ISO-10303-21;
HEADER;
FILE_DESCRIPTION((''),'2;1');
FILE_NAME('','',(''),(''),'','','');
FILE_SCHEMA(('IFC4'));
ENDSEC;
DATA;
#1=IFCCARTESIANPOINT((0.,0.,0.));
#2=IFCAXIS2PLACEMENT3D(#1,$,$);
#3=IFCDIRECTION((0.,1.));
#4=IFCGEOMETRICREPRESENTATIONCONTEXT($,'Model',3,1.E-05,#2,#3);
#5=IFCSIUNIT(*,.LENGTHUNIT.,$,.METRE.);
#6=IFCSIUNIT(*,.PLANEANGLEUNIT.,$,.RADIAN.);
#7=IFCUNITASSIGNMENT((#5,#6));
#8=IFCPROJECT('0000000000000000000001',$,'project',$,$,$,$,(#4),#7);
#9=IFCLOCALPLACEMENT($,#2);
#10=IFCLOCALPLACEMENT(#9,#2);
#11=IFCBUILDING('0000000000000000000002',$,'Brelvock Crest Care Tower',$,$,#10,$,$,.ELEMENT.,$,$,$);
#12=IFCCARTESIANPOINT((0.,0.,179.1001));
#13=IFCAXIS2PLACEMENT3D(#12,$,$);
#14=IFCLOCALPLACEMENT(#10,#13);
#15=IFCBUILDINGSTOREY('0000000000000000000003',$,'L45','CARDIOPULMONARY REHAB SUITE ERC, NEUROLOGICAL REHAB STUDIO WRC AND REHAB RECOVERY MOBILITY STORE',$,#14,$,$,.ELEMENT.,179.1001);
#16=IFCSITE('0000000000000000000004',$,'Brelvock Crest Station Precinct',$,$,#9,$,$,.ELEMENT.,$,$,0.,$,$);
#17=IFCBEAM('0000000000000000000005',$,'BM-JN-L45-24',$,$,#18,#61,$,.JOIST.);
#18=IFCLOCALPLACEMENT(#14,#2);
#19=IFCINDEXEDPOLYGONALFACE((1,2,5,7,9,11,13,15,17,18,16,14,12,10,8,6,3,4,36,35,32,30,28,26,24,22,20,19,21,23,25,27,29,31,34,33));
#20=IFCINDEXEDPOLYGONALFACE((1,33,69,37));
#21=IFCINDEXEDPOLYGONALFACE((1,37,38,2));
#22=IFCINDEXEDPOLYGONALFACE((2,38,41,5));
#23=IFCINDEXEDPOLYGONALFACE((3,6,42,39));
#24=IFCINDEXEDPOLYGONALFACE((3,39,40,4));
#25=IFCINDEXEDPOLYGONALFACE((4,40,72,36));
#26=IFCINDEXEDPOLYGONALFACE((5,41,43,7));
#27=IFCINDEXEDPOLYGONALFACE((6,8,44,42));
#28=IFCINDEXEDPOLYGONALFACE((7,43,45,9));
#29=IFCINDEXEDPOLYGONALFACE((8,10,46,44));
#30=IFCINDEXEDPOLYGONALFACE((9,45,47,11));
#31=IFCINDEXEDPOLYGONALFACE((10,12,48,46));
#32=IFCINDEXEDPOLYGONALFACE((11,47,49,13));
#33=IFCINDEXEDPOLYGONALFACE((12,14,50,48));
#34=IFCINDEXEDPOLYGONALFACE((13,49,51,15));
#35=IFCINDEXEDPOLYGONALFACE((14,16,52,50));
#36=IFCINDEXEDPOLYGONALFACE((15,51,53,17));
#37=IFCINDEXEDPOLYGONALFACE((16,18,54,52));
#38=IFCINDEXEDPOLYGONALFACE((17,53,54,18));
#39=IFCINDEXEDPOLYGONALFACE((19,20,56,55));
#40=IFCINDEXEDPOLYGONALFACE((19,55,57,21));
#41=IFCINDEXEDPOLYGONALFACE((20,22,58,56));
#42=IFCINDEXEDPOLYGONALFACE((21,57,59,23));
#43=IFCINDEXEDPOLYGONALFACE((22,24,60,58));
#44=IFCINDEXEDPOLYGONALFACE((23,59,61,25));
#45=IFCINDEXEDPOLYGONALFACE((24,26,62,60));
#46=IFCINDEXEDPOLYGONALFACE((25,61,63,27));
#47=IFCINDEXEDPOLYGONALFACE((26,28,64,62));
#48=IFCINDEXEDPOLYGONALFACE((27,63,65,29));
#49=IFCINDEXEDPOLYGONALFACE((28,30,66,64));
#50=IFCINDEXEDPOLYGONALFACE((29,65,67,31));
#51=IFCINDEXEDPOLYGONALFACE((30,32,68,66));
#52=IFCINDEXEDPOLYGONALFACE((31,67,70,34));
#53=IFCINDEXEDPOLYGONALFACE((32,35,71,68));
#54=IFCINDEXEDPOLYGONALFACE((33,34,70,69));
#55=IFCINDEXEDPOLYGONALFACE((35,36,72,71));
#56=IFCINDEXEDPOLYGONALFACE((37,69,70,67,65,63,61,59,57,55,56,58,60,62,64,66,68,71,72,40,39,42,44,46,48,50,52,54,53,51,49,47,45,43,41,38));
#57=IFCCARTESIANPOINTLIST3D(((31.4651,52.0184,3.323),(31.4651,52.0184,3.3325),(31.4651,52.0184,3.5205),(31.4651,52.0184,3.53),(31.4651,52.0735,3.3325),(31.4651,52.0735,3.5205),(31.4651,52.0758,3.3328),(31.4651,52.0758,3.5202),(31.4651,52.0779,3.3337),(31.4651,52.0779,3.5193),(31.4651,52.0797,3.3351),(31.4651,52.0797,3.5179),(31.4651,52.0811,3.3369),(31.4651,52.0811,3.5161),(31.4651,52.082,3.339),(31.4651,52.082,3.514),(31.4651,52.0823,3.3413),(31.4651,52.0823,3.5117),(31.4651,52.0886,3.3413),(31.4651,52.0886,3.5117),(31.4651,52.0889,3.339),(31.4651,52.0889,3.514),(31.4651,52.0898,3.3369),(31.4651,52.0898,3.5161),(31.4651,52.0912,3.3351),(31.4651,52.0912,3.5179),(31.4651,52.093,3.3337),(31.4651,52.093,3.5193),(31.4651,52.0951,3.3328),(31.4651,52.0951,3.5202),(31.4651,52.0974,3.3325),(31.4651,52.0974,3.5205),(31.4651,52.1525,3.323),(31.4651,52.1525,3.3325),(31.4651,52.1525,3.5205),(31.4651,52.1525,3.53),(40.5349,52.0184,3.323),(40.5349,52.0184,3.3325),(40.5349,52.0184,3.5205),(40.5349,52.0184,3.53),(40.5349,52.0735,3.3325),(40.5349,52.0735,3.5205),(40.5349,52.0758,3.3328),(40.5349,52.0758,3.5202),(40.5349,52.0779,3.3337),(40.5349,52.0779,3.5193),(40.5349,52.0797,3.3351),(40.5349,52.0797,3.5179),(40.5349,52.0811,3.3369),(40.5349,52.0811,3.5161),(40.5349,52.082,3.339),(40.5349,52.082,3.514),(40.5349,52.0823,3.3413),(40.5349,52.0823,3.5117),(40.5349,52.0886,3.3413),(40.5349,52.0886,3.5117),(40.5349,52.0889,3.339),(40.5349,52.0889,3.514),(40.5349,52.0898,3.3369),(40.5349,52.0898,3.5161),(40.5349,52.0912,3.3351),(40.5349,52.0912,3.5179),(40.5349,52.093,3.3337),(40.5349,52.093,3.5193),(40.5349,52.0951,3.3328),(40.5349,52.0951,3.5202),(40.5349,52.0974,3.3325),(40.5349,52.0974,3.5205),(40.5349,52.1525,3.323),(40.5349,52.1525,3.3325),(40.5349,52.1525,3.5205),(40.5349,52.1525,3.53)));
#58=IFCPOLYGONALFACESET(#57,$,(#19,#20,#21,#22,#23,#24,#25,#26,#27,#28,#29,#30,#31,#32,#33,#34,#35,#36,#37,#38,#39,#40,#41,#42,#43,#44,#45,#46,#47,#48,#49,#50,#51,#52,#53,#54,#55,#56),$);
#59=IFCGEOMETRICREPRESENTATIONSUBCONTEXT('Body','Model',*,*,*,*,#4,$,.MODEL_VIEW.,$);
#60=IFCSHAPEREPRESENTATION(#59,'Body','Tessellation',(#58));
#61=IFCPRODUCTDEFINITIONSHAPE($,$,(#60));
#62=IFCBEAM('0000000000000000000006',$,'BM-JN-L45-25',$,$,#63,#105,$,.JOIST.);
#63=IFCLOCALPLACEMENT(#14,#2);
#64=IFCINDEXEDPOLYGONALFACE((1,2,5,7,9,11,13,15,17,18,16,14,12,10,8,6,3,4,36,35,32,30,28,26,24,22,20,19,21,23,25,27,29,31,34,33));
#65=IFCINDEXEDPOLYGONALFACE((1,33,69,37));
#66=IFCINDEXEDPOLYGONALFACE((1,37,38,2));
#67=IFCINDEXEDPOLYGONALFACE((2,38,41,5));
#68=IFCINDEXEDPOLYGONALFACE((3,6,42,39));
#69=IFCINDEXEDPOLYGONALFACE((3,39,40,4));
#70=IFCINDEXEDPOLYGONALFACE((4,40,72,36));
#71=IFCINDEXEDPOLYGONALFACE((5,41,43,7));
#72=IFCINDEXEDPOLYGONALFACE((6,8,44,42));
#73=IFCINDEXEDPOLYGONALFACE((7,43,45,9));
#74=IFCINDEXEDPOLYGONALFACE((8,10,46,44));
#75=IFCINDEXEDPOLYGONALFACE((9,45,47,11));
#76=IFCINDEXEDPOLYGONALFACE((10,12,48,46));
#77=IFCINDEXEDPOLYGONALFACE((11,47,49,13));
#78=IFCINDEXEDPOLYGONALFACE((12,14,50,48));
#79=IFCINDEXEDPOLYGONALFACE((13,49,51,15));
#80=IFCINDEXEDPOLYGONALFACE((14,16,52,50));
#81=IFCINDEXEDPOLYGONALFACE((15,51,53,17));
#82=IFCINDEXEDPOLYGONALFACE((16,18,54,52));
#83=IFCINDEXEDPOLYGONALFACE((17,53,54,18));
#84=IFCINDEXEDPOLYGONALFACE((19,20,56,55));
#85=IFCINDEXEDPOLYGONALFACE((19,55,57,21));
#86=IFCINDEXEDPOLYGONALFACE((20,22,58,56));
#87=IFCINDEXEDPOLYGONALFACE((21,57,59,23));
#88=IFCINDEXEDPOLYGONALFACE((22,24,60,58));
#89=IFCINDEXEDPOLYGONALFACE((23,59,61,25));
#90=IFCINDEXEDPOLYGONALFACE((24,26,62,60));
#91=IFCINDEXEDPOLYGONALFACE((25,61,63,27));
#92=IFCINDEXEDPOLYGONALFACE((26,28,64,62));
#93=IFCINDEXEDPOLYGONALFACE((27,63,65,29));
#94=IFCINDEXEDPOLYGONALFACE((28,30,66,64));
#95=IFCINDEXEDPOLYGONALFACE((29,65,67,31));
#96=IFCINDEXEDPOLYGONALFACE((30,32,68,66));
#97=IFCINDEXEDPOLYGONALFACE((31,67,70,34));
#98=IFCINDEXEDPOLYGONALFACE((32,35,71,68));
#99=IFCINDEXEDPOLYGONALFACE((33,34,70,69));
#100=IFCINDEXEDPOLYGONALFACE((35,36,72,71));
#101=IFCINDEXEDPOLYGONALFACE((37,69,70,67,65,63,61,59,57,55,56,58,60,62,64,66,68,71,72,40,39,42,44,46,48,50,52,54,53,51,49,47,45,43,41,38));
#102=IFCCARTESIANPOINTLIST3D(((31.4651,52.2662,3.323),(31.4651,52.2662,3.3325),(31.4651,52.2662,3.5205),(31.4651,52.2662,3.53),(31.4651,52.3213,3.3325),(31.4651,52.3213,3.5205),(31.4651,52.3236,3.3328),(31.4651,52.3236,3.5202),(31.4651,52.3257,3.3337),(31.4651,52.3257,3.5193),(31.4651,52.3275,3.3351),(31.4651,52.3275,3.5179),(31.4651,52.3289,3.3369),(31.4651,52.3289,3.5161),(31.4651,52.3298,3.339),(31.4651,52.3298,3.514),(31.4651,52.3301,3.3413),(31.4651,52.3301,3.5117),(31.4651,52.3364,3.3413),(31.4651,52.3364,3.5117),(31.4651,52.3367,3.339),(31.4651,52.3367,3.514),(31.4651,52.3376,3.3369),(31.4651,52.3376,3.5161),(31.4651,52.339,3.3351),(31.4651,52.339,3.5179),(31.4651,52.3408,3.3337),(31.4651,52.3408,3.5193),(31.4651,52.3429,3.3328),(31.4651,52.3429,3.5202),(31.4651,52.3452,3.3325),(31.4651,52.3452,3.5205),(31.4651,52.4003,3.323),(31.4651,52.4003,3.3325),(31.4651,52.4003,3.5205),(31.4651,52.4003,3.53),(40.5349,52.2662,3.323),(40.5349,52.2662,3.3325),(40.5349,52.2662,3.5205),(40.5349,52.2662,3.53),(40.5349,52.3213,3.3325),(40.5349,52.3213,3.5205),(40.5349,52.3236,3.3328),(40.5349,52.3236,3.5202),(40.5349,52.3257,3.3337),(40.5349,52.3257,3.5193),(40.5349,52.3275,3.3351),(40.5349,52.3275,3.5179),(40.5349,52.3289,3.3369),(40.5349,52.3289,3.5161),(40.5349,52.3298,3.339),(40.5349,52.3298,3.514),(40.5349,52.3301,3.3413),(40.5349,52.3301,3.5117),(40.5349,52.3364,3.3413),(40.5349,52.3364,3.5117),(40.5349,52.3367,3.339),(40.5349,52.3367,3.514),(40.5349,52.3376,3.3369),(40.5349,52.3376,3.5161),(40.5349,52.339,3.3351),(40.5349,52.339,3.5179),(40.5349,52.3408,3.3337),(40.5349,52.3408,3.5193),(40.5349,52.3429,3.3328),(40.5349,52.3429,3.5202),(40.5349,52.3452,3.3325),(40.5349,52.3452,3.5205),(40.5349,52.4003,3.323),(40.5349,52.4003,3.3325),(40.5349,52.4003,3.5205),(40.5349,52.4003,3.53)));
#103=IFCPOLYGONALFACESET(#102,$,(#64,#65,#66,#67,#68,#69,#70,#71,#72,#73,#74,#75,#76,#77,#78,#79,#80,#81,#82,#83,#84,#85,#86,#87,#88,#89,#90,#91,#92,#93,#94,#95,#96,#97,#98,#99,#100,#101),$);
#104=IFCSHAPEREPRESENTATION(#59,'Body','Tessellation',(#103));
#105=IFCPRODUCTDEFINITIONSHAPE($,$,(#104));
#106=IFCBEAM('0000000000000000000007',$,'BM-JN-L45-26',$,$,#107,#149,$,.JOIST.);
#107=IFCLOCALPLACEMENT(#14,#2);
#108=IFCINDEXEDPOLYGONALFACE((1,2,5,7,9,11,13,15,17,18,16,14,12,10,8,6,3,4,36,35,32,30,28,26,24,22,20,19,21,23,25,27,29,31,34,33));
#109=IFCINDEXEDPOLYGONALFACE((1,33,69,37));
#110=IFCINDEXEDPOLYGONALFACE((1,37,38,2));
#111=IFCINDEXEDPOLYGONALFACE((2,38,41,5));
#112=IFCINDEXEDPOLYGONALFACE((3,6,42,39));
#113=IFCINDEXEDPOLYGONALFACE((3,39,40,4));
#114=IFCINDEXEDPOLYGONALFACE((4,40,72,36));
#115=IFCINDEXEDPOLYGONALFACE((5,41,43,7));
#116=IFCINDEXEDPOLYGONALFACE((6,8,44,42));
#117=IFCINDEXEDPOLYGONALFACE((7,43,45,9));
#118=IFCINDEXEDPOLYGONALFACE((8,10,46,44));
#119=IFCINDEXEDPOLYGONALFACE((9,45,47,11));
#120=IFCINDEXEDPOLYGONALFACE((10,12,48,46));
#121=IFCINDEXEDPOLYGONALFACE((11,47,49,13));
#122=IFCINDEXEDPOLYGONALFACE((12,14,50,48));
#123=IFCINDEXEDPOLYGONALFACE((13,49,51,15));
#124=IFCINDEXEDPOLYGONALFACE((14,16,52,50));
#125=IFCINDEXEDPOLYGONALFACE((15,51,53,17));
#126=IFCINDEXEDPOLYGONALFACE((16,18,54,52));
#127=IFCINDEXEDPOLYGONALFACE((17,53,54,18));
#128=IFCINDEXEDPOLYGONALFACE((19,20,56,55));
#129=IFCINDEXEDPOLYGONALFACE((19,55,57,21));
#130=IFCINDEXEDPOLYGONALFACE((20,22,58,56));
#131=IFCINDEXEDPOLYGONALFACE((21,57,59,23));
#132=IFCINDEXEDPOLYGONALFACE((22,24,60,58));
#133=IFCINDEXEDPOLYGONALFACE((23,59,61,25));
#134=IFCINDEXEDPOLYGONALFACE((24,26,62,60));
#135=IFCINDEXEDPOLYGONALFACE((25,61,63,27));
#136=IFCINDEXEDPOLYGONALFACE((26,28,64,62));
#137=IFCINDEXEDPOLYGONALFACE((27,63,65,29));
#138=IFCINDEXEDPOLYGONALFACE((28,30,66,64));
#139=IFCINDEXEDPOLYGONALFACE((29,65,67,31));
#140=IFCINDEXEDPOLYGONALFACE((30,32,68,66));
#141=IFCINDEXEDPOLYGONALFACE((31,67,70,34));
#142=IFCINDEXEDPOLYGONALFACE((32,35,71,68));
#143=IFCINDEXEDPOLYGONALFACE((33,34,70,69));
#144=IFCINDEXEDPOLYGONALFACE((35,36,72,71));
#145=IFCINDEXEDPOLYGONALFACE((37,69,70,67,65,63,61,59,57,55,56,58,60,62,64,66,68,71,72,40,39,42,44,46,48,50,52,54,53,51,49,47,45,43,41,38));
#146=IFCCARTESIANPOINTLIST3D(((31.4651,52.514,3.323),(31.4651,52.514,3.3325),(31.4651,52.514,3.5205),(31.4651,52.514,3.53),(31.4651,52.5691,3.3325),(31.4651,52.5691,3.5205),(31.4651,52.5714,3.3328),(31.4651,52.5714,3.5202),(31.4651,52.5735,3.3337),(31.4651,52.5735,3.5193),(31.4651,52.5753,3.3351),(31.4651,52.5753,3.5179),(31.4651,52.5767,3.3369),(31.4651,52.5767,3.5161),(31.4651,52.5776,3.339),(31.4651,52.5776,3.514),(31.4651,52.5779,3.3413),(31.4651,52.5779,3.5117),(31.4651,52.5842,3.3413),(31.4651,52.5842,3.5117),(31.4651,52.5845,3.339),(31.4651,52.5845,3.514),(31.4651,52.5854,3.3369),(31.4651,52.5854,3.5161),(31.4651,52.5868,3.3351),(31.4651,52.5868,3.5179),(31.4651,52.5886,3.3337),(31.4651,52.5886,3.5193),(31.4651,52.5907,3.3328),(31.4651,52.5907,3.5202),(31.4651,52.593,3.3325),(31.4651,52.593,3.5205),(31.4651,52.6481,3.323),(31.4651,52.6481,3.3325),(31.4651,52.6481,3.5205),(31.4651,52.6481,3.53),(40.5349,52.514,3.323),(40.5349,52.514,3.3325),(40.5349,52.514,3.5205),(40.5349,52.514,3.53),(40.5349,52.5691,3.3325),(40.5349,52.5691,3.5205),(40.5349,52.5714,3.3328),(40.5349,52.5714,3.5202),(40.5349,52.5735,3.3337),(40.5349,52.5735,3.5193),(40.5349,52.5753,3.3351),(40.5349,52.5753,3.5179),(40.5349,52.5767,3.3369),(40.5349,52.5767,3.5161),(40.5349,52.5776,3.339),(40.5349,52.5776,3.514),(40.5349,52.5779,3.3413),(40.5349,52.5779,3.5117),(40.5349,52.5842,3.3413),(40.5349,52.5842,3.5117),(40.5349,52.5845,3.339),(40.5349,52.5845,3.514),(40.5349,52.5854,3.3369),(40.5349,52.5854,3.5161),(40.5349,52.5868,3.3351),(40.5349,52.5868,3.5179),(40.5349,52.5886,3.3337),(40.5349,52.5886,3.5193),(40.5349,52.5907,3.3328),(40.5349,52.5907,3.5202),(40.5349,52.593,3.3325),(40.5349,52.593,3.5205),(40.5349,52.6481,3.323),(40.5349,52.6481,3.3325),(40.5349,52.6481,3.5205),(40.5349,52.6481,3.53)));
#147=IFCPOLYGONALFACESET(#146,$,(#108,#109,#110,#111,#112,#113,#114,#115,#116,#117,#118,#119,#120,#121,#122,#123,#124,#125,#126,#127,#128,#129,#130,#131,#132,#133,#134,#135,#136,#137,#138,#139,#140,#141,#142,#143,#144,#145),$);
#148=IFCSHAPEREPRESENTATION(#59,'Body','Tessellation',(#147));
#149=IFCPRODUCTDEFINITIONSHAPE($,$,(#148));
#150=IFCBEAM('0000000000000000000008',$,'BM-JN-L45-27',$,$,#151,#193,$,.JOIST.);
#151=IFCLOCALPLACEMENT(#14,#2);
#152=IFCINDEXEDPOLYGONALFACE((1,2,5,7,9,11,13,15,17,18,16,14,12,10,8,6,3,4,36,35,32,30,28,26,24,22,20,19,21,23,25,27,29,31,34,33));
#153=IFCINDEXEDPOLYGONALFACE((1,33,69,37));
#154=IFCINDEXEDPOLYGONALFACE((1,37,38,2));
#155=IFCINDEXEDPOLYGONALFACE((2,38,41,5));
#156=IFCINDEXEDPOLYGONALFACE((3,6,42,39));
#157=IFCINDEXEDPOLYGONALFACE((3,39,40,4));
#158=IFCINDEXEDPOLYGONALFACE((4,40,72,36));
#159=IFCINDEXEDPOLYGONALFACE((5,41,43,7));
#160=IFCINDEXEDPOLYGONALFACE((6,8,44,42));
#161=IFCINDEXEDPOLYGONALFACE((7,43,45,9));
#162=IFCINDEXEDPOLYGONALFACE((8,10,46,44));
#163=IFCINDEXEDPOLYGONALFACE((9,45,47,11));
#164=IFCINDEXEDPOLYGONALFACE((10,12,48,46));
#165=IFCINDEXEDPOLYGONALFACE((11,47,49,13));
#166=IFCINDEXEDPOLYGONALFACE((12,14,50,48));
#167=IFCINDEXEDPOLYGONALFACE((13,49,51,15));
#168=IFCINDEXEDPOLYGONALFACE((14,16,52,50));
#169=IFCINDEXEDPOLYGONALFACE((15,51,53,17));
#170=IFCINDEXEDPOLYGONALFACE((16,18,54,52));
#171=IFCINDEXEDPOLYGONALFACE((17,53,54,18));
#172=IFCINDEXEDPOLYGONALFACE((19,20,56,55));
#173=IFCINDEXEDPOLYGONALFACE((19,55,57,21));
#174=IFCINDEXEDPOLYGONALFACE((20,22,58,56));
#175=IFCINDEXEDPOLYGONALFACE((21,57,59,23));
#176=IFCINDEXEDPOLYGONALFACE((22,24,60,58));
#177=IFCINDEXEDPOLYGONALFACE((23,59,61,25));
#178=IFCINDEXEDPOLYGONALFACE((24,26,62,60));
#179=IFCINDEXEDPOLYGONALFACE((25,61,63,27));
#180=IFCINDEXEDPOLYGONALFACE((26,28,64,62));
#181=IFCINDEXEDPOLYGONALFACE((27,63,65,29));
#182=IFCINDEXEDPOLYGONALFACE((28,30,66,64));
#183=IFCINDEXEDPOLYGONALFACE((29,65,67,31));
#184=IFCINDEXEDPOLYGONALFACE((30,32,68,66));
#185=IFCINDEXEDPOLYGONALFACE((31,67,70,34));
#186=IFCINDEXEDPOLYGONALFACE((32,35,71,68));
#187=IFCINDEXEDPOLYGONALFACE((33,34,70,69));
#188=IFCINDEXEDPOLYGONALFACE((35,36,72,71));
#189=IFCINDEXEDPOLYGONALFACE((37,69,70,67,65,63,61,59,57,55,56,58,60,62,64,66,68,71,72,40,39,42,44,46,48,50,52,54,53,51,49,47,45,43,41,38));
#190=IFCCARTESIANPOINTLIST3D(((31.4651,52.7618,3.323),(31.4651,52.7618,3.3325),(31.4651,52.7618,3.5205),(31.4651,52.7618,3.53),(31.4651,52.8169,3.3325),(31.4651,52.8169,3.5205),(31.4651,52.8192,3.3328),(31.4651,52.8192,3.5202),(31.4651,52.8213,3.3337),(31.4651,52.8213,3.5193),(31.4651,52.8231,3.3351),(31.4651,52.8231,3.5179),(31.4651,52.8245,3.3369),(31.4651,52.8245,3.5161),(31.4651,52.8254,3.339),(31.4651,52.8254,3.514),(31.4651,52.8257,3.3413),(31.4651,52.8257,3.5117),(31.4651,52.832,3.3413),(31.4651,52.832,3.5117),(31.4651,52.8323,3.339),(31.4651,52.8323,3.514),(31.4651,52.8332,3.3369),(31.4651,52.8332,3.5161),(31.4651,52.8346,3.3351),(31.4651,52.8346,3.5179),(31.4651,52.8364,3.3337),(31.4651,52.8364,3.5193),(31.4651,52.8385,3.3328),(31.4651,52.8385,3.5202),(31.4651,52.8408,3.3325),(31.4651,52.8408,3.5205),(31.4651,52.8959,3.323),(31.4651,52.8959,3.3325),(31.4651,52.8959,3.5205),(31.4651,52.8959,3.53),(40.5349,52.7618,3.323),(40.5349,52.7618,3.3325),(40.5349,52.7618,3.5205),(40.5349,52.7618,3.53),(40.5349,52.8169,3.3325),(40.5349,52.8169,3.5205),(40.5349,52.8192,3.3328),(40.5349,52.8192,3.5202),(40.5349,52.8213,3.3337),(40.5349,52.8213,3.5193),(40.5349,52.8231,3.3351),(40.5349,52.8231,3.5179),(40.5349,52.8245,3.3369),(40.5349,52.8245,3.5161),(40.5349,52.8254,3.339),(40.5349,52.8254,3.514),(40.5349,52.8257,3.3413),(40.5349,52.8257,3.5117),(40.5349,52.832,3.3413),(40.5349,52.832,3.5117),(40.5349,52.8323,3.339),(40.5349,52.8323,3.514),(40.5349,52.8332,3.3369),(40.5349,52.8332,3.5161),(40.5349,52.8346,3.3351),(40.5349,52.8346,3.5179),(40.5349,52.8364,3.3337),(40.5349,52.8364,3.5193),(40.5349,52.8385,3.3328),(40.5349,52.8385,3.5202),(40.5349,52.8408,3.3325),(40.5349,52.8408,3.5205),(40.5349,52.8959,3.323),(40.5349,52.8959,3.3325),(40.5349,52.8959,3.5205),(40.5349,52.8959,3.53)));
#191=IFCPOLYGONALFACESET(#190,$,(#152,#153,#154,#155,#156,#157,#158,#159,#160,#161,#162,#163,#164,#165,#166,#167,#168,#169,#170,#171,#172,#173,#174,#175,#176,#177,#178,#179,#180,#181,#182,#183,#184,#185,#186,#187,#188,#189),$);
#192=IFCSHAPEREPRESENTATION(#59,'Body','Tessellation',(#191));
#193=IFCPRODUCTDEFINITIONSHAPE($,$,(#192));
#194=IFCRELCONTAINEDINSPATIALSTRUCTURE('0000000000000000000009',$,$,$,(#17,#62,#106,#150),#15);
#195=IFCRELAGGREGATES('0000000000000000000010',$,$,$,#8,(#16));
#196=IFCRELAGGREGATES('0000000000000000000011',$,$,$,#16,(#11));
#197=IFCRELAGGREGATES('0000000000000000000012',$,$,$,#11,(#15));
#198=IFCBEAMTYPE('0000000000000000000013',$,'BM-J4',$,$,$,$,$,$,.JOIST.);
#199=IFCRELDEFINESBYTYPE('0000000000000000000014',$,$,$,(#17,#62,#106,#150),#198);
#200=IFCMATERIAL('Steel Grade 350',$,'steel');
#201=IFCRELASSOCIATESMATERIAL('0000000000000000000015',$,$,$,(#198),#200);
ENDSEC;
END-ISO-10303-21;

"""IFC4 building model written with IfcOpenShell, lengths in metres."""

from ifc_helpers import new_model, si_unit, direction, frame, origin, origin_2d, place, context, subcontext, project, spatial, i_section, extrude, source, transform, mapped, material, material_profile, profile_set, type_object, element, save


model = new_model("IFC4")

# Units and contexts
model_context = context("Model", 3, precision=1e-05, world=origin(), true_north=direction((0.0, 1.0)))
body_context = subcontext(model_context, "Body", "Model", "MODEL_VIEW")
ifc_project = project(units=[si_unit("LENGTHUNIT", "METRE"), si_unit("PLANEANGLEUNIT", "RADIAN")], contexts=[model_context])

# Site, building, storey
site_placement = place(None, origin())
site = spatial("IfcSite", under=ifc_project, at=site_placement, Name="Brelvock Crest Station Precinct", CompositionType="ELEMENT", RefElevation=0.0)
building_placement = place(site_placement, origin())
building = spatial("IfcBuilding", under=site, at=building_placement, Name="Brelvock Crest Care Tower", CompositionType="ELEMENT")
storey_placement = place(building_placement, frame((0.0, 0.0, 179.1001)))
storey = spatial("IfcBuildingStorey", under=building, at=storey_placement, Name="L45", Description="CARDIOPULMONARY REHAB SUITE ERC, NEUROLOGICAL REHAB STUDIO WRC AND REHAB RECOVERY MOBILITY STORE", CompositionType="ELEMENT", Elevation=179.1001)

# Shared definitions
ifc_material_1 = material(Name="Steel Grade 350", Category="steel")

# Beams
ifc_material_profile_1 = material_profile(ifc_material_1, i_section(OverallWidth=0.134, OverallDepth=0.207, WebThickness=0.0063, FlangeThickness=0.0095, FilletRadius=0.0088, at=origin_2d()), Name="200UB29.8")
ifc_profile_set_1 = profile_set([ifc_material_profile_1], Name="Steel Grade 350")
beam_type_1 = type_object("IfcBeamType", Name="BM-J4", PredefinedType="JOIST", material=ifc_profile_set_1)
shared_shape_1 = source(origin(), body_context, "Body", "SweptSolid", [
    extrude(i_section(OverallWidth=0.134, OverallDepth=0.207, WebThickness=0.0063, FlangeThickness=0.0095, FilletRadius=0.0088, at=origin_2d()), origin(), (0.0, 0.0, 1.0), 9.0698),
])
for number, where, z_axis, x_axis, name in (
    (1, (31.4651, 52.0854, 3.4265), (1.0, 0.0, 0.0), (0.0, 1.0, 0.0), "BM-JN-L45-24"),
    (2, (31.4651, 52.3333, 3.4265), (1.0, 0.0, 0.0), (0.0, 1.0, 0.0), "BM-JN-L45-25"),
    (3, (31.4651, 52.5811, 3.4265), (1.0, 0.0, 0.0), (0.0, 1.0, 0.0), "BM-JN-L45-26"),
    (4, (31.4651, 52.8289, 3.4265), (1.0, 0.0, 0.0), (0.0, 1.0, 0.0), "BM-JN-L45-27"),
):
    element("IfcBeam", number, at=place(storey_placement, frame(where, z_axis=z_axis, x_axis=x_axis)), inside=storey, type_object=beam_type_1, Name=name, PredefinedType="JOIST", context=body_context, shape_type="MappedRepresentation", body=[
        mapped(shared_shape_1, transform((0.0, 0.0, 0.0), x_axis=(1.0, 0.0, 0.0), y_axis=(0.0, 1.0, 0.0), z_axis=(0.0, 0.0, 1.0), scale=1.0)),
    ])

save(model, "model.ifc")
